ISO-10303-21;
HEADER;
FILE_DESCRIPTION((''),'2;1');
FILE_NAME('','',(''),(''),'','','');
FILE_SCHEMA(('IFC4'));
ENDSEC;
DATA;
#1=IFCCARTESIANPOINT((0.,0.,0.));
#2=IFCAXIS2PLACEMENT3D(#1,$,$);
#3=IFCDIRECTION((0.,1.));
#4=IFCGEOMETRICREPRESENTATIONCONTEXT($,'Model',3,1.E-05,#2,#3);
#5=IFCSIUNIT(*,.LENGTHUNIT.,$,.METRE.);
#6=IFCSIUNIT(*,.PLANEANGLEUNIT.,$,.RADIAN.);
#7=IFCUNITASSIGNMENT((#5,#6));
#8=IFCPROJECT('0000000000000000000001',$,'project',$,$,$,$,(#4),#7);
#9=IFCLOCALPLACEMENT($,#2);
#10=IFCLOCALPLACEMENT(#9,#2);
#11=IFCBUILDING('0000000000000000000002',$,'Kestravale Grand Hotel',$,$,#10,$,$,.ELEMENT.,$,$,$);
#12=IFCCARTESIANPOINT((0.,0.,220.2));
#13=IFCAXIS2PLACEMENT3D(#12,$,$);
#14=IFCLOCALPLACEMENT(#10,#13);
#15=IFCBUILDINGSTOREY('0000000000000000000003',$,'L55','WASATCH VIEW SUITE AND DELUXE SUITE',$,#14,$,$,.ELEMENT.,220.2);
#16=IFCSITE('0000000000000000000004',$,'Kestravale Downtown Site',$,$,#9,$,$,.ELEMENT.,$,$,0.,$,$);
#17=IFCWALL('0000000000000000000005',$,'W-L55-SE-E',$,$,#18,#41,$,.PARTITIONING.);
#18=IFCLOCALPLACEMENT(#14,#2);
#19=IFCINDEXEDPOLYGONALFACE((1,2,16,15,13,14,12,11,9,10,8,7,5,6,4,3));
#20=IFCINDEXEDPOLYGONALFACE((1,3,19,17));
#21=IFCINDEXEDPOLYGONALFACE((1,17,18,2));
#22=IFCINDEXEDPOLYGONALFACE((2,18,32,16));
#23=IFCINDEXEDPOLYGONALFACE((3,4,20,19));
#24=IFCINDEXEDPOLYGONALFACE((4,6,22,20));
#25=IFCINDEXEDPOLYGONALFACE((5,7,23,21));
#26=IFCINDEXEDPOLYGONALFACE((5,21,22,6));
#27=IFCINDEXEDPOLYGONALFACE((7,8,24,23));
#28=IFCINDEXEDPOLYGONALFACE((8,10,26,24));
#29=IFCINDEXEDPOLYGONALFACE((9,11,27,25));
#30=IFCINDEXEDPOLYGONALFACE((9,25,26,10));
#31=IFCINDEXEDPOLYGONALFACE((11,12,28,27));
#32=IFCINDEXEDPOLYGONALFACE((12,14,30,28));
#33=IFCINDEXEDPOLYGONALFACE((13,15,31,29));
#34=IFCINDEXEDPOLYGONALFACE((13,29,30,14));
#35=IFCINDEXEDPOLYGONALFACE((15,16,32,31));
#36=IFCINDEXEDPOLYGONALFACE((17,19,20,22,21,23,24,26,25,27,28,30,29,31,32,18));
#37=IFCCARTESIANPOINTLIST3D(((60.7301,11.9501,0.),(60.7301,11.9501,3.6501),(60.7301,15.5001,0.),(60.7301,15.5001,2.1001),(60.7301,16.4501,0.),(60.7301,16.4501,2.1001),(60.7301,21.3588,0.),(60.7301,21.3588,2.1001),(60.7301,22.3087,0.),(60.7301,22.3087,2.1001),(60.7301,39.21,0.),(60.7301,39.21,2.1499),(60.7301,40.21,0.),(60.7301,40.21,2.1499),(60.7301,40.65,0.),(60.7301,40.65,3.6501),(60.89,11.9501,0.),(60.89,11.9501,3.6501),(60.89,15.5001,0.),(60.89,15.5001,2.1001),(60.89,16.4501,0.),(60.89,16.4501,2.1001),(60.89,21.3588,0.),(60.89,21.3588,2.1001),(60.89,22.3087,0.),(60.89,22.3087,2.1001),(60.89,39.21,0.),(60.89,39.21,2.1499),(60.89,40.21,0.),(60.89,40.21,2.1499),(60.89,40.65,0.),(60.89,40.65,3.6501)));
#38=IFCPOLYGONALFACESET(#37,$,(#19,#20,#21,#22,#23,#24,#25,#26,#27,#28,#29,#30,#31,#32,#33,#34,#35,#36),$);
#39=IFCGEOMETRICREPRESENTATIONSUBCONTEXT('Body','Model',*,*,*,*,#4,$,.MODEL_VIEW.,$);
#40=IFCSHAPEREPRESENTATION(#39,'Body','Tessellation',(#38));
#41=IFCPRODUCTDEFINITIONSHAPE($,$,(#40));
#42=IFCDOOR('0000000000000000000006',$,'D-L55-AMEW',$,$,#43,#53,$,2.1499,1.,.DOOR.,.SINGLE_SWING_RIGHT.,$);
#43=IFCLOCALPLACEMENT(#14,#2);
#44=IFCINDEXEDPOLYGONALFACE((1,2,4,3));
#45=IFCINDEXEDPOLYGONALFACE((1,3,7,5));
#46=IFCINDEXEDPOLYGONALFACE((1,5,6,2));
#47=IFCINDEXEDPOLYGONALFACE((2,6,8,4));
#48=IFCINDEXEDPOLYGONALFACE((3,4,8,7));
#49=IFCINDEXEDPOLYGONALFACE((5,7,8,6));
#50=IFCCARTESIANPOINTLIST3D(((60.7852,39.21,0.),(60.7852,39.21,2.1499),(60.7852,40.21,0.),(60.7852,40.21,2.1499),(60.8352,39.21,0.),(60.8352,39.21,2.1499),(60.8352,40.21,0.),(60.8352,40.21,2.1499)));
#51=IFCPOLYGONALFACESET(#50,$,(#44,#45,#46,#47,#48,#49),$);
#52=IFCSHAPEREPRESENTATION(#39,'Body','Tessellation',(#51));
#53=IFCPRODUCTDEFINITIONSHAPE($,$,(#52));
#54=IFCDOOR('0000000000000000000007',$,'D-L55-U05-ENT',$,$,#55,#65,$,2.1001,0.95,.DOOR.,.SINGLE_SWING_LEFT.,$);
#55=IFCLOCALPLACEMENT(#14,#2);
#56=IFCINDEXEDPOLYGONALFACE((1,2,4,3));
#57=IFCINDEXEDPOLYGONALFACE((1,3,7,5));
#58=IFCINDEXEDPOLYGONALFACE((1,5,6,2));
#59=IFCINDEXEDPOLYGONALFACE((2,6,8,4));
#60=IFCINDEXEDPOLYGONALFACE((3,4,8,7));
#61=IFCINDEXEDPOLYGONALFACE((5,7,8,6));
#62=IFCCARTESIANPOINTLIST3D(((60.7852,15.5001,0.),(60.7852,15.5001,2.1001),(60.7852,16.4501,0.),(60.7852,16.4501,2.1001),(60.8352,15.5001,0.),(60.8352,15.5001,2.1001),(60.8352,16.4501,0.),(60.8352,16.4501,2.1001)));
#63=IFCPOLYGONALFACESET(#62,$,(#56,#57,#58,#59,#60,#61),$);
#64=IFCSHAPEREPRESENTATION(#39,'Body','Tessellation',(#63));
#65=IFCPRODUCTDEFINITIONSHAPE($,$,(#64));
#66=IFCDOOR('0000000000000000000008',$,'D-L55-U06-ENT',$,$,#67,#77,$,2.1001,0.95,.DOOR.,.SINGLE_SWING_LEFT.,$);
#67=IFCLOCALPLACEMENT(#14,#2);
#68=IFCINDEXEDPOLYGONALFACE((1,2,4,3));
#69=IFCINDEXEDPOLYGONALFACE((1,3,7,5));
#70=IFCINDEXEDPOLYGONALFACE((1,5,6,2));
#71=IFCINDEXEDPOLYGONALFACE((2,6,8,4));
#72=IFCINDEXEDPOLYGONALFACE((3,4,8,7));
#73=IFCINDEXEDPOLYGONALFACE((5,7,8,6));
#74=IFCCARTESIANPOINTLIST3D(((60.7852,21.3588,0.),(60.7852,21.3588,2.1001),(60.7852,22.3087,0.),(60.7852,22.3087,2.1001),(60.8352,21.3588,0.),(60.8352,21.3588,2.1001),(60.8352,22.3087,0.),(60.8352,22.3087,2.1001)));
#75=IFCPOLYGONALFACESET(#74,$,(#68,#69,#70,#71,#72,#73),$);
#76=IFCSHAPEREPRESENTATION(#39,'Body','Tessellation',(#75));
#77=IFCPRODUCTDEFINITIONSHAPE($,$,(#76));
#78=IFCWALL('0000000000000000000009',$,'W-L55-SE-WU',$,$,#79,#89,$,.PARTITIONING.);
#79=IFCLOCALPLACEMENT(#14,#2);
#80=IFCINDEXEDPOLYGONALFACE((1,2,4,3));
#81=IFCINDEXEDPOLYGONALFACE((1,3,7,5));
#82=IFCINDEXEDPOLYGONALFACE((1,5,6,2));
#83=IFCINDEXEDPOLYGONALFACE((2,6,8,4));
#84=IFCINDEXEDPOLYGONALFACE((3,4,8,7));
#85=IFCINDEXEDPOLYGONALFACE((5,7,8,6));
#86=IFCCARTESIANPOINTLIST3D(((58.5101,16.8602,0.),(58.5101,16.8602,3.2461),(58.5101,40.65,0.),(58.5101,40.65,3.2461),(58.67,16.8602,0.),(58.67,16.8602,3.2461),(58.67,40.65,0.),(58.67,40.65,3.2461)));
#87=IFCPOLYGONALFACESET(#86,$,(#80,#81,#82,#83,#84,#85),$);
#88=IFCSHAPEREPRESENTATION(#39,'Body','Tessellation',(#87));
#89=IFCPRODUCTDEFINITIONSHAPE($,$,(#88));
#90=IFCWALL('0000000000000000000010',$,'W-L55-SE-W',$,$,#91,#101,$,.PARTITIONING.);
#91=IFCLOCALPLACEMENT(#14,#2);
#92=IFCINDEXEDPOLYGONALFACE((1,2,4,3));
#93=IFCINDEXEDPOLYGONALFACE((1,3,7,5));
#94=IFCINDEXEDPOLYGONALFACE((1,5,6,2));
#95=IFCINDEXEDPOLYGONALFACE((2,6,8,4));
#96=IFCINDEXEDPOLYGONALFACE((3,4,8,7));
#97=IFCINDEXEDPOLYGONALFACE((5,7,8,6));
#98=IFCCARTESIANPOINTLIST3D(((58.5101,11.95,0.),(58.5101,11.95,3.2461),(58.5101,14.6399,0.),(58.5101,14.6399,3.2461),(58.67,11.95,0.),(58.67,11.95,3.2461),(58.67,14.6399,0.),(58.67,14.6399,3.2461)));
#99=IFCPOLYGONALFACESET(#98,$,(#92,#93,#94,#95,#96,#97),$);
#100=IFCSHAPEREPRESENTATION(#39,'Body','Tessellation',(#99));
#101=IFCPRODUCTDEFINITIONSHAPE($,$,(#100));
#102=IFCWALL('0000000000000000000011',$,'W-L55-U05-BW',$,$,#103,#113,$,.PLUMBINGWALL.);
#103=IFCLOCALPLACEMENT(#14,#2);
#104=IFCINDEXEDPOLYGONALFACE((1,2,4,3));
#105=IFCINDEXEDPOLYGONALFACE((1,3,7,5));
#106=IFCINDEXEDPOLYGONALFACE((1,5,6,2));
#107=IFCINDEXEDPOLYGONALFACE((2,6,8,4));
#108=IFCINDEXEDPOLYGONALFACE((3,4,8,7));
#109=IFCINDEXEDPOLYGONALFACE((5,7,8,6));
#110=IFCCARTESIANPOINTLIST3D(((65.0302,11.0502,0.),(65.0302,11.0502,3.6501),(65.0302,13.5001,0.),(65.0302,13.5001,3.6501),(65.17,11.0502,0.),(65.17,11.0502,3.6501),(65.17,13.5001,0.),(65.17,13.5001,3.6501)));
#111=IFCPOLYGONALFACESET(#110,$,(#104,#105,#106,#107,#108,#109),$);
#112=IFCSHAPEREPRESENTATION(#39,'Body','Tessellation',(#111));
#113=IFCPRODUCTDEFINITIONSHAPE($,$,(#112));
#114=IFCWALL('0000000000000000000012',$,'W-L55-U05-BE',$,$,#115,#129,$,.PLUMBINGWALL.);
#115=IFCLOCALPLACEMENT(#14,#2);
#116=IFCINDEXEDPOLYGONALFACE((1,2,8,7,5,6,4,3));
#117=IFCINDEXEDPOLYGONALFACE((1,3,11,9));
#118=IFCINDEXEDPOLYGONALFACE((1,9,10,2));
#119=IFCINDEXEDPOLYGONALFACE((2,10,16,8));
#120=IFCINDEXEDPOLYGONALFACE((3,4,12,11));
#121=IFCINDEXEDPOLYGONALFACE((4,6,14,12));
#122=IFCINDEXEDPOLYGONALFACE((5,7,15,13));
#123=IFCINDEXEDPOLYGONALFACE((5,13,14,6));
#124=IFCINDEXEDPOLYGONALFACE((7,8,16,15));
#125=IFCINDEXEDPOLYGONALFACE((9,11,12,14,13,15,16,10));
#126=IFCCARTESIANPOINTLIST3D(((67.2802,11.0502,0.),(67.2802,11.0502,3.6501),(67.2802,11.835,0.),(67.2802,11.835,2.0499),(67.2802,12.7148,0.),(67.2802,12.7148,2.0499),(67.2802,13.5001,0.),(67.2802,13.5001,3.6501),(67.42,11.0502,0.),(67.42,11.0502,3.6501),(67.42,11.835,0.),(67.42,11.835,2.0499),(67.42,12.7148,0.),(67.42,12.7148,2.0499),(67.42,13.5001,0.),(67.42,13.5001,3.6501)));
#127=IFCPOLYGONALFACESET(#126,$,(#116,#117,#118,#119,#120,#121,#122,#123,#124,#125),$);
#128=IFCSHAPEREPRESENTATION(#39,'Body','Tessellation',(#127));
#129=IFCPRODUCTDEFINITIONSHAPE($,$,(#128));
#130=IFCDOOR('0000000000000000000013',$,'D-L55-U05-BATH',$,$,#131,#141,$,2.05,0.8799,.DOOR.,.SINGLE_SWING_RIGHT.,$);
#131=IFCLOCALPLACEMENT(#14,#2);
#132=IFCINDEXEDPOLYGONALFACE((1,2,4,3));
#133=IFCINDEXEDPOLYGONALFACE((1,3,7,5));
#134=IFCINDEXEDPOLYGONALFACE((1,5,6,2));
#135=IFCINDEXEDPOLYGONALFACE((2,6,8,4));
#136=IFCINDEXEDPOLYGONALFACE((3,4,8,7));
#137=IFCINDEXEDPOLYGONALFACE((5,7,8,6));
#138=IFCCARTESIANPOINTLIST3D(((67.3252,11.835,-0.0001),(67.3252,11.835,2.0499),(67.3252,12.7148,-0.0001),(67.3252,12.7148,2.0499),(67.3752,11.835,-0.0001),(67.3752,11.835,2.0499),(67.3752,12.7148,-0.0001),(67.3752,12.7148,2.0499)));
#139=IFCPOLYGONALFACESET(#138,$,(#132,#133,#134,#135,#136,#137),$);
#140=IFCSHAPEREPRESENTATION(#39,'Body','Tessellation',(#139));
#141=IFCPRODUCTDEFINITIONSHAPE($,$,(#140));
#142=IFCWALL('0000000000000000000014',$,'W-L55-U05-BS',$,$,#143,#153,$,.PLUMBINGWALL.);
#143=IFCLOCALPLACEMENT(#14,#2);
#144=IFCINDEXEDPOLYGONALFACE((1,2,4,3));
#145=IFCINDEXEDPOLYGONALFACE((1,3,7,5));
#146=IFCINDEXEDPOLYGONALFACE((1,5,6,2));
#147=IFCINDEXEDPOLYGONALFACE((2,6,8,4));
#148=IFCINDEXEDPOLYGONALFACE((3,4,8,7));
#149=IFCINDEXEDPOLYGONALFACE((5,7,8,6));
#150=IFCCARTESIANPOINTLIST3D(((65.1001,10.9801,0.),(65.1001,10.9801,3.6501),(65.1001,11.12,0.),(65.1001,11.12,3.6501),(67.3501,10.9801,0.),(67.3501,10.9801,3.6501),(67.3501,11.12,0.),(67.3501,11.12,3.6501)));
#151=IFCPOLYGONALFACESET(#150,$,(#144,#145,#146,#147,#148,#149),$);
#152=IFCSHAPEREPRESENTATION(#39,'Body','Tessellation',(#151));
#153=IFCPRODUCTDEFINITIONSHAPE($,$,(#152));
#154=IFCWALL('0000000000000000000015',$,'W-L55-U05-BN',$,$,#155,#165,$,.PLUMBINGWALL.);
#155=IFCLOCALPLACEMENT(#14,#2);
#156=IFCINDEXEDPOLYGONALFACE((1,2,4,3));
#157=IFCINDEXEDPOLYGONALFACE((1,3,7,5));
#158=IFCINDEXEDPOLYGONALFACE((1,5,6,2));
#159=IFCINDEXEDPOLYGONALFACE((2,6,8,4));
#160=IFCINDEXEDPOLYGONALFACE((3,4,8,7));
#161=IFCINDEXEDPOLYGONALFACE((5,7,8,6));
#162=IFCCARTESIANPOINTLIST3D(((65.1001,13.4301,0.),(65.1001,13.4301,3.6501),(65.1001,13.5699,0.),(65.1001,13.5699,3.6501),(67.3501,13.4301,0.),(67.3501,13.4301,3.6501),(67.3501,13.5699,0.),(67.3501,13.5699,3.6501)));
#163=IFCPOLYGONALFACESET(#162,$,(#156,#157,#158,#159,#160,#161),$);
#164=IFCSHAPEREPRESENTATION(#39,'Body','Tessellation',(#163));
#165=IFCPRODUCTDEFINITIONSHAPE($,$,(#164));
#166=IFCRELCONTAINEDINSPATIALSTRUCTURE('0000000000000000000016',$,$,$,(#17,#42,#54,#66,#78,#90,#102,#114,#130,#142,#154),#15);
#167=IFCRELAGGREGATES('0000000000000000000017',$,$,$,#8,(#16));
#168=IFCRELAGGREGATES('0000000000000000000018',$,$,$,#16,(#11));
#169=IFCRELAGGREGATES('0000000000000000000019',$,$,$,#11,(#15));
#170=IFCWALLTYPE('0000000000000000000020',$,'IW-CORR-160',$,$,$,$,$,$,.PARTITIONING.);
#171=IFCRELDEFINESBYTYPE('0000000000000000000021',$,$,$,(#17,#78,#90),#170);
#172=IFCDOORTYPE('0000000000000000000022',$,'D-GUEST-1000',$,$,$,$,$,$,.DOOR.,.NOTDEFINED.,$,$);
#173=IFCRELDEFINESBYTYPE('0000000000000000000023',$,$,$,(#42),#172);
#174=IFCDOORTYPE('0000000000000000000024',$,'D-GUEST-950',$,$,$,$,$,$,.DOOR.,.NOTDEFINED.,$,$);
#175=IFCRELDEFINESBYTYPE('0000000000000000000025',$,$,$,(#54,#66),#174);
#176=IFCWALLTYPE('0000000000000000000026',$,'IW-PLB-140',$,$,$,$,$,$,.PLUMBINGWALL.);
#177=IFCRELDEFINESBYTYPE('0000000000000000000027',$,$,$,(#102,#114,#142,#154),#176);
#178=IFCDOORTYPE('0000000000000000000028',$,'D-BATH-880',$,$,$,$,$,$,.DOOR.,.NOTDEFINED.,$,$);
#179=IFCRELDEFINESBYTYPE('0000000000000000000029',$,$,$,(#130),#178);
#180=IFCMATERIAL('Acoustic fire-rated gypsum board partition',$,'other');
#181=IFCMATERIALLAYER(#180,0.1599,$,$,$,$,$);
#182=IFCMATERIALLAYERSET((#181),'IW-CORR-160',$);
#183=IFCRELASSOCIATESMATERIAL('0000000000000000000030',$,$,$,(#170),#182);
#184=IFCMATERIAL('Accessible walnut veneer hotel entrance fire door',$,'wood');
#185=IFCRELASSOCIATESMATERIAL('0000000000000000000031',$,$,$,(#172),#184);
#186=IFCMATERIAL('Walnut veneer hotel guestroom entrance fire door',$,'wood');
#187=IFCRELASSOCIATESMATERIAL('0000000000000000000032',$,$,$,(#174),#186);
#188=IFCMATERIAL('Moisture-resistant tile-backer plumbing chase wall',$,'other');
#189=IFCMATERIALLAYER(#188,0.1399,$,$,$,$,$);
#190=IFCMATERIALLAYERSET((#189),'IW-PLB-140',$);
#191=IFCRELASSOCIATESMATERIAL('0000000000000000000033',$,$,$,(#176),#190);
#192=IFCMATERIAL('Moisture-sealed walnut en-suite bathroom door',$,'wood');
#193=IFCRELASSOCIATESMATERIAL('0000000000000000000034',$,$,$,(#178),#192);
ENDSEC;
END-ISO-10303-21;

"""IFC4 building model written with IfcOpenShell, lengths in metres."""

from ifc_helpers import new_model, si_unit, direction, frame, frame_2d, origin, place, context, subcontext, project, spatial, rectangle, extrude, material, layer, layer_set, type_object, element, fill, save


model = new_model("IFC4")

# Units and contexts
model_context = context("Model", 3, precision=1e-05, world=origin(), true_north=direction((0.0, 1.0)))
body_context = subcontext(model_context, "Body", "Model", "MODEL_VIEW")
ifc_project = project(units=[si_unit("LENGTHUNIT", "METRE"), si_unit("PLANEANGLEUNIT", "RADIAN")], contexts=[model_context])

# Site, building, storey
site_placement = place(None, origin())
site = spatial("IfcSite", under=ifc_project, at=site_placement, Name="Kestravale Downtown Site", CompositionType="ELEMENT", RefElevation=0.0)
building_placement = place(site_placement, origin())
building = spatial("IfcBuilding", under=site, at=building_placement, Name="Kestravale Grand Hotel", CompositionType="ELEMENT")
storey_placement = place(building_placement, frame((0.0, 0.0, 220.2)))
storey = spatial("IfcBuildingStorey", under=building, at=storey_placement, Name="L55", Description="WASATCH VIEW SUITE AND DELUXE SUITE", CompositionType="ELEMENT", Elevation=220.2)

# Wall, openings, doors
ifc_material_1 = material(Name="Acoustic fire-rated gypsum board partition", Category="other")
ifc_layer_1 = layer(ifc_material_1, 0.1599)
ifc_layer_set_1 = layer_set([ifc_layer_1], Name="IW-CORR-160")
wall_type_1 = type_object("IfcWallType", Name="IW-CORR-160", PredefinedType="PARTITIONING", material=ifc_layer_set_1)
wall_1_placement = place(storey_placement, frame((60.8101, 11.95, 0.0), z_axis=(0.0, 0.0, 1.0), x_axis=(0.0, 1.0, 0.0)))
wall_1 = element("IfcWall", 1, at=wall_1_placement, inside=storey, type_object=wall_type_1, Name="W-L55-SE-E", PredefinedType="PARTITIONING", context=body_context, shape_type="SweptSolid", body=[
    extrude(rectangle(XDim=28.7, YDim=0.1599, at=frame_2d((14.3501, 0.0))), origin(), (0.0, 0.0, 1.0), 3.6501),
])
opening_1_placement = place(wall_1_placement, frame((3.55, 0.0, 0.0)))
opening_1 = element("IfcOpeningElement", 2, at=opening_1_placement, cuts=wall_1, PredefinedType="OPENING", context=body_context, shape_type="SweptSolid", body=[
    extrude(rectangle(XDim=0.95, YDim=2.1001, at=frame_2d((0.4751, 1.05))), frame((0.0, 0.0898, 0.0), z_axis=(0.0, -1.0, 0.0), x_axis=(1.0, 0.0, 0.0)), (0.0, 0.0, 1.0), 0.1799),
])
opening_2_placement = place(wall_1_placement, frame((9.4087, 0.0, 0.0)))
opening_2 = element("IfcOpeningElement", 3, at=opening_2_placement, cuts=wall_1, PredefinedType="OPENING", context=body_context, shape_type="SweptSolid", body=[
    extrude(rectangle(XDim=0.95, YDim=2.1001, at=frame_2d((0.4751, 1.05))), frame((0.0, 0.0898, 0.0), z_axis=(0.0, -1.0, 0.0), x_axis=(1.0, 0.0, 0.0)), (0.0, 0.0, 1.0), 0.1799),
])
opening_3_placement = place(wall_1_placement, frame((27.26, 0.0, 0.0)))
opening_3 = element("IfcOpeningElement", 4, at=opening_3_placement, cuts=wall_1, PredefinedType="OPENING", context=body_context, shape_type="SweptSolid", body=[
    extrude(rectangle(XDim=1.0, YDim=2.1499, at=frame_2d((0.5, 1.075))), frame((0.0, 0.0898, 0.0), z_axis=(0.0, -1.0, 0.0), x_axis=(1.0, 0.0, 0.0)), (0.0, 0.0, 1.0), 0.1799),
])
ifc_material_2 = material(Name="Accessible walnut veneer hotel entrance fire door", Category="wood")
door_type_1 = type_object("IfcDoorType", Name="D-GUEST-1000", OperationType="NOTDEFINED", PredefinedType="DOOR", material=ifc_material_2)
door_1_placement = place(opening_3_placement, origin())
door_1 = element("IfcDoor", 5, at=door_1_placement, inside=storey, type_object=door_type_1, Name="D-L55-AMEW", OperationType="SINGLE_SWING_RIGHT", OverallHeight=2.1499, OverallWidth=1.0, PredefinedType="DOOR", context=body_context, shape_type="SweptSolid", body=[
    extrude(rectangle(XDim=1.0, YDim=2.1499, at=frame_2d((0.5, 1.075))), frame((0.0, 0.0249, 0.0), z_axis=(0.0, -1.0, 0.0), x_axis=(1.0, 0.0, 0.0)), (0.0, 0.0, 1.0), 0.05),
])
fill(opening_3, door_1)
ifc_material_3 = material(Name="Walnut veneer hotel guestroom entrance fire door", Category="wood")
door_type_2 = type_object("IfcDoorType", Name="D-GUEST-950", OperationType="NOTDEFINED", PredefinedType="DOOR", material=ifc_material_3)
door_2_placement = place(opening_1_placement, origin())
door_2 = element("IfcDoor", 6, at=door_2_placement, inside=storey, type_object=door_type_2, Name="D-L55-U05-ENT", OperationType="SINGLE_SWING_LEFT", OverallHeight=2.1001, OverallWidth=0.95, PredefinedType="DOOR", context=body_context, shape_type="SweptSolid", body=[
    extrude(rectangle(XDim=0.95, YDim=2.1001, at=frame_2d((0.4751, 1.05))), frame((0.0, 0.0249, 0.0), z_axis=(0.0, -1.0, 0.0), x_axis=(1.0, 0.0, 0.0)), (0.0, 0.0, 1.0), 0.05),
])
fill(opening_1, door_2)
door_3_placement = place(opening_2_placement, origin())
door_3 = element("IfcDoor", 7, at=door_3_placement, inside=storey, type_object=door_type_2, Name="D-L55-U06-ENT", OperationType="SINGLE_SWING_LEFT", OverallHeight=2.1001, OverallWidth=0.95, PredefinedType="DOOR", context=body_context, shape_type="SweptSolid", body=[
    extrude(rectangle(XDim=0.95, YDim=2.1001, at=frame_2d((0.4751, 1.05))), frame((0.0, 0.0249, 0.0), z_axis=(0.0, -1.0, 0.0), x_axis=(1.0, 0.0, 0.0)), (0.0, 0.0, 1.0), 0.05),
])
fill(opening_2, door_3)

# Walls
wall_2_placement = place(storey_placement, frame((58.5901, 16.8601, 0.0), z_axis=(0.0, 0.0, 1.0), x_axis=(0.0, 1.0, 0.0)))
element("IfcWall", 8, at=wall_2_placement, inside=storey, type_object=wall_type_1, Name="W-L55-SE-WU", PredefinedType="PARTITIONING", context=body_context, shape_type="SweptSolid", body=[
    extrude(rectangle(XDim=23.7898, YDim=0.1599, at=frame_2d((11.895, 0.0))), origin(), (0.0, 0.0, 1.0), 3.2461),
])
wall_3_placement = place(storey_placement, frame((58.5901, 11.95, 0.0), z_axis=(0.0, 0.0, 1.0), x_axis=(0.0, 1.0, 0.0)))
element("IfcWall", 9, at=wall_3_placement, inside=storey, type_object=wall_type_1, Name="W-L55-SE-W", PredefinedType="PARTITIONING", context=body_context, shape_type="SweptSolid", body=[
    extrude(rectangle(XDim=2.6899, YDim=0.1599, at=frame_2d((1.345, 0.0))), origin(), (0.0, 0.0, 1.0), 3.2461),
])
ifc_material_4 = material(Name="Moisture-resistant tile-backer plumbing chase wall", Category="other")
ifc_layer_2 = layer(ifc_material_4, 0.1399)
ifc_layer_set_2 = layer_set([ifc_layer_2], Name="IW-PLB-140")
wall_type_2 = type_object("IfcWallType", Name="IW-PLB-140", PredefinedType="PLUMBINGWALL", material=ifc_layer_set_2)
wall_4_placement = place(storey_placement, frame((65.1001, 11.05, 0.0), z_axis=(0.0, 0.0, 1.0), x_axis=(0.0, 1.0, 0.0)))
element("IfcWall", 10, at=wall_4_placement, inside=storey, type_object=wall_type_2, Name="W-L55-U05-BW", PredefinedType="PLUMBINGWALL", context=body_context, shape_type="SweptSolid", body=[
    extrude(rectangle(XDim=2.45, YDim=0.1399, at=frame_2d((1.2251, 0.0))), origin(), (0.0, 0.0, 1.0), 3.6501),
])

# Wall, opening, door
wall_5_placement = place(storey_placement, frame((67.3501, 11.05, 0.0), z_axis=(0.0, 0.0, 1.0), x_axis=(0.0, 1.0, 0.0)))
wall_5 = element("IfcWall", 11, at=wall_5_placement, inside=storey, type_object=wall_type_2, Name="W-L55-U05-BE", PredefinedType="PLUMBINGWALL", context=body_context, shape_type="SweptSolid", body=[
    extrude(rectangle(XDim=2.45, YDim=0.1399, at=frame_2d((1.2251, 0.0))), origin(), (0.0, 0.0, 1.0), 3.6501),
])
opening_4_placement = place(wall_5_placement, frame((0.7849, 0.0, 0.0)))
opening_4 = element("IfcOpeningElement", 12, at=opening_4_placement, cuts=wall_5, PredefinedType="OPENING", context=body_context, shape_type="SweptSolid", body=[
    extrude(rectangle(XDim=0.8799, YDim=2.05, at=frame_2d((0.4399, 1.0249))), frame((0.0, 0.0798, 0.0), z_axis=(0.0, -1.0, 0.0), x_axis=(1.0, 0.0, 0.0)), (0.0, 0.0, 1.0), 0.1599),
])
ifc_material_5 = material(Name="Moisture-sealed walnut en-suite bathroom door", Category="wood")
door_type_3 = type_object("IfcDoorType", Name="D-BATH-880", OperationType="NOTDEFINED", PredefinedType="DOOR", material=ifc_material_5)
door_4_placement = place(opening_4_placement, origin())
door_4 = element("IfcDoor", 13, at=door_4_placement, inside=storey, type_object=door_type_3, Name="D-L55-U05-BATH", OperationType="SINGLE_SWING_RIGHT", OverallHeight=2.05, OverallWidth=0.8799, PredefinedType="DOOR", context=body_context, shape_type="SweptSolid", body=[
    extrude(rectangle(XDim=0.8799, YDim=2.05, at=frame_2d((0.4399, 1.0249))), frame((0.0, 0.0249, 0.0), z_axis=(0.0, -1.0, 0.0), x_axis=(1.0, 0.0, 0.0)), (0.0, 0.0, 1.0), 0.05),
])
fill(opening_4, door_4)

# Walls
for number, where, z_axis, x_axis, name in (
    (14, (65.1001, 11.05, 0.0), (0.0, 0.0, 1.0), (1.0, 0.0, 0.0), "W-L55-U05-BS"),
    (15, (65.1001, 13.5, 0.0), (0.0, 0.0, 1.0), (1.0, 0.0, 0.0), "W-L55-U05-BN"),
):
    element("IfcWall", number, at=place(storey_placement, frame(where, z_axis=z_axis, x_axis=x_axis)), inside=storey, type_object=wall_type_2, Name=name, PredefinedType="PLUMBINGWALL", context=body_context, shape_type="SweptSolid", body=[
        extrude(rectangle(XDim=2.25, YDim=0.1399, at=frame_2d((1.125, 0.0))), origin(), (0.0, 0.0, 1.0), 3.6501),
    ])

save(model, "model.ifc")
